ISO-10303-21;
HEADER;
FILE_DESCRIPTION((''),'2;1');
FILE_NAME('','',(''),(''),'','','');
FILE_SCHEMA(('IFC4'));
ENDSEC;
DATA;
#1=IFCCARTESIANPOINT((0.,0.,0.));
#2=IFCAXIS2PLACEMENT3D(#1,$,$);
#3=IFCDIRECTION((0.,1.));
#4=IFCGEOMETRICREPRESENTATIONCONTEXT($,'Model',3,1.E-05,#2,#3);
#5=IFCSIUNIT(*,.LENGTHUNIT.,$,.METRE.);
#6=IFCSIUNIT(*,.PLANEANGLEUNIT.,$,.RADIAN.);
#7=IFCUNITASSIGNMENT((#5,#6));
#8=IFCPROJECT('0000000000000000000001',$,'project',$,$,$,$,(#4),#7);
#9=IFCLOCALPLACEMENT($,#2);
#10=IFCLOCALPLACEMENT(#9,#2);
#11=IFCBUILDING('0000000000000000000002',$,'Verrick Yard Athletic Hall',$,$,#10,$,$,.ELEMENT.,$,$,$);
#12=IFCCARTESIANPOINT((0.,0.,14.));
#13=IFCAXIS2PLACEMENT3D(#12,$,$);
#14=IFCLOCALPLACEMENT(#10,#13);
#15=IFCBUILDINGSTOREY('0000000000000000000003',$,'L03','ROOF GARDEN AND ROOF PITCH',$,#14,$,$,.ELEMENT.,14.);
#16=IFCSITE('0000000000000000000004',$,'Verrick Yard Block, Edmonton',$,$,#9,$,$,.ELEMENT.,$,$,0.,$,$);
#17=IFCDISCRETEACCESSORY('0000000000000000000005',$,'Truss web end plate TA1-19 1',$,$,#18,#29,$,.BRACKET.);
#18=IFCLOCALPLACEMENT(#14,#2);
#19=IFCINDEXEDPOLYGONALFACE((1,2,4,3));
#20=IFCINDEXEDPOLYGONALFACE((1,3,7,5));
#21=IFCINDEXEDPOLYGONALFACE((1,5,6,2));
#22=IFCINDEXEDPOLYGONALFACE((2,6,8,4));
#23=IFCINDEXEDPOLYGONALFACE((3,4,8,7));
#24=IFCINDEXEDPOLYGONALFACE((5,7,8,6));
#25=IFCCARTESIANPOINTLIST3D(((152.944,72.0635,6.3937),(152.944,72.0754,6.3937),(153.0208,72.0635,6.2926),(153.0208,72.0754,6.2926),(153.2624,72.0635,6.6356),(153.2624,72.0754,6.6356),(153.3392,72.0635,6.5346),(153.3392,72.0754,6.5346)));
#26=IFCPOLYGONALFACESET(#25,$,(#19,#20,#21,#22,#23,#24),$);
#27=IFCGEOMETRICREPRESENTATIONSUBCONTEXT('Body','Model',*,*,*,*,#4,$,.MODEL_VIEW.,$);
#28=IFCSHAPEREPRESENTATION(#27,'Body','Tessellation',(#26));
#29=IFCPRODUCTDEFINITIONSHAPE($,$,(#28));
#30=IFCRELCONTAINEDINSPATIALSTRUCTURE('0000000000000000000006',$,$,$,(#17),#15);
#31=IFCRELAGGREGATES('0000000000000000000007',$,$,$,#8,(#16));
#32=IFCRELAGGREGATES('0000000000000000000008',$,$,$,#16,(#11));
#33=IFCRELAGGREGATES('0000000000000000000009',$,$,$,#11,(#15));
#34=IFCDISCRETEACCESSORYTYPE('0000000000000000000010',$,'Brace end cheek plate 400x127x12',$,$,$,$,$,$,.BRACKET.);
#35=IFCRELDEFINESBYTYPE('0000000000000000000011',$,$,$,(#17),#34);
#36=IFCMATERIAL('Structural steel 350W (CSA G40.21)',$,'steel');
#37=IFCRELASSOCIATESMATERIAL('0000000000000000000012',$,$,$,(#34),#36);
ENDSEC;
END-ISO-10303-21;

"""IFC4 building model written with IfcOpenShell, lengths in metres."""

from ifc_helpers import new_model, si_unit, direction, frame, origin, origin_2d, place, context, subcontext, project, spatial, rectangle, extrude, material, material_profile, profile_set, type_object, element, save


model = new_model("IFC4")

# Units and contexts
model_context = context("Model", 3, precision=1e-05, world=origin(), true_north=direction((0.0, 1.0)))
body_context = subcontext(model_context, "Body", "Model", "MODEL_VIEW")
ifc_project = project(units=[si_unit("LENGTHUNIT", "METRE"), si_unit("PLANEANGLEUNIT", "RADIAN")], contexts=[model_context])

# Site, building, storey
site_placement = place(None, origin())
site = spatial("IfcSite", under=ifc_project, at=site_placement, Name="Verrick Yard Block, Edmonton", CompositionType="ELEMENT", RefElevation=0.0)
building_placement = place(site_placement, origin())
building = spatial("IfcBuilding", under=site, at=building_placement, Name="Verrick Yard Athletic Hall", CompositionType="ELEMENT")
storey_placement = place(building_placement, frame((0.0, 0.0, 14.0)))
storey = spatial("IfcBuildingStorey", under=building, at=storey_placement, Name="L03", Description="ROOF GARDEN AND ROOF PITCH", CompositionType="ELEMENT", Elevation=14.0)

# Discrete accessory
ifc_material_1 = material(Name="Structural steel 350W (CSA G40.21)", Category="steel")
ifc_material_profile_1 = material_profile(ifc_material_1, rectangle(XDim=0.3999, YDim=0.127, at=origin_2d()), Name="Brace end cheek plate")
ifc_profile_set_1 = profile_set([ifc_material_profile_1], Name="Structural steel 350W (CSA G40.21)")
discrete_accessory_type = type_object("IfcDiscreteAccessoryType", Name="Brace end cheek plate 400x127x12", PredefinedType="BRACKET", material=ifc_profile_set_1)
for number, where, z_axis, x_axis, name in (
    (1, (153.1416, 72.0635, 6.4641), (0.0, 1.0, 0.0), (0.796193, 0.0, 0.605042), "Truss web end plate TA1-19 1"),
):
    element("IfcDiscreteAccessory", number, at=place(storey_placement, frame(where, z_axis=z_axis, x_axis=x_axis)), inside=storey, type_object=discrete_accessory_type, Name=name, PredefinedType="BRACKET", context=body_context, shape_type="SweptSolid", body=[
        extrude(rectangle(XDim=0.3999, YDim=0.127, at=origin_2d()), origin(), (0.0, 0.0, 1.0), 0.012),
    ])

save(model, "model.ifc")
